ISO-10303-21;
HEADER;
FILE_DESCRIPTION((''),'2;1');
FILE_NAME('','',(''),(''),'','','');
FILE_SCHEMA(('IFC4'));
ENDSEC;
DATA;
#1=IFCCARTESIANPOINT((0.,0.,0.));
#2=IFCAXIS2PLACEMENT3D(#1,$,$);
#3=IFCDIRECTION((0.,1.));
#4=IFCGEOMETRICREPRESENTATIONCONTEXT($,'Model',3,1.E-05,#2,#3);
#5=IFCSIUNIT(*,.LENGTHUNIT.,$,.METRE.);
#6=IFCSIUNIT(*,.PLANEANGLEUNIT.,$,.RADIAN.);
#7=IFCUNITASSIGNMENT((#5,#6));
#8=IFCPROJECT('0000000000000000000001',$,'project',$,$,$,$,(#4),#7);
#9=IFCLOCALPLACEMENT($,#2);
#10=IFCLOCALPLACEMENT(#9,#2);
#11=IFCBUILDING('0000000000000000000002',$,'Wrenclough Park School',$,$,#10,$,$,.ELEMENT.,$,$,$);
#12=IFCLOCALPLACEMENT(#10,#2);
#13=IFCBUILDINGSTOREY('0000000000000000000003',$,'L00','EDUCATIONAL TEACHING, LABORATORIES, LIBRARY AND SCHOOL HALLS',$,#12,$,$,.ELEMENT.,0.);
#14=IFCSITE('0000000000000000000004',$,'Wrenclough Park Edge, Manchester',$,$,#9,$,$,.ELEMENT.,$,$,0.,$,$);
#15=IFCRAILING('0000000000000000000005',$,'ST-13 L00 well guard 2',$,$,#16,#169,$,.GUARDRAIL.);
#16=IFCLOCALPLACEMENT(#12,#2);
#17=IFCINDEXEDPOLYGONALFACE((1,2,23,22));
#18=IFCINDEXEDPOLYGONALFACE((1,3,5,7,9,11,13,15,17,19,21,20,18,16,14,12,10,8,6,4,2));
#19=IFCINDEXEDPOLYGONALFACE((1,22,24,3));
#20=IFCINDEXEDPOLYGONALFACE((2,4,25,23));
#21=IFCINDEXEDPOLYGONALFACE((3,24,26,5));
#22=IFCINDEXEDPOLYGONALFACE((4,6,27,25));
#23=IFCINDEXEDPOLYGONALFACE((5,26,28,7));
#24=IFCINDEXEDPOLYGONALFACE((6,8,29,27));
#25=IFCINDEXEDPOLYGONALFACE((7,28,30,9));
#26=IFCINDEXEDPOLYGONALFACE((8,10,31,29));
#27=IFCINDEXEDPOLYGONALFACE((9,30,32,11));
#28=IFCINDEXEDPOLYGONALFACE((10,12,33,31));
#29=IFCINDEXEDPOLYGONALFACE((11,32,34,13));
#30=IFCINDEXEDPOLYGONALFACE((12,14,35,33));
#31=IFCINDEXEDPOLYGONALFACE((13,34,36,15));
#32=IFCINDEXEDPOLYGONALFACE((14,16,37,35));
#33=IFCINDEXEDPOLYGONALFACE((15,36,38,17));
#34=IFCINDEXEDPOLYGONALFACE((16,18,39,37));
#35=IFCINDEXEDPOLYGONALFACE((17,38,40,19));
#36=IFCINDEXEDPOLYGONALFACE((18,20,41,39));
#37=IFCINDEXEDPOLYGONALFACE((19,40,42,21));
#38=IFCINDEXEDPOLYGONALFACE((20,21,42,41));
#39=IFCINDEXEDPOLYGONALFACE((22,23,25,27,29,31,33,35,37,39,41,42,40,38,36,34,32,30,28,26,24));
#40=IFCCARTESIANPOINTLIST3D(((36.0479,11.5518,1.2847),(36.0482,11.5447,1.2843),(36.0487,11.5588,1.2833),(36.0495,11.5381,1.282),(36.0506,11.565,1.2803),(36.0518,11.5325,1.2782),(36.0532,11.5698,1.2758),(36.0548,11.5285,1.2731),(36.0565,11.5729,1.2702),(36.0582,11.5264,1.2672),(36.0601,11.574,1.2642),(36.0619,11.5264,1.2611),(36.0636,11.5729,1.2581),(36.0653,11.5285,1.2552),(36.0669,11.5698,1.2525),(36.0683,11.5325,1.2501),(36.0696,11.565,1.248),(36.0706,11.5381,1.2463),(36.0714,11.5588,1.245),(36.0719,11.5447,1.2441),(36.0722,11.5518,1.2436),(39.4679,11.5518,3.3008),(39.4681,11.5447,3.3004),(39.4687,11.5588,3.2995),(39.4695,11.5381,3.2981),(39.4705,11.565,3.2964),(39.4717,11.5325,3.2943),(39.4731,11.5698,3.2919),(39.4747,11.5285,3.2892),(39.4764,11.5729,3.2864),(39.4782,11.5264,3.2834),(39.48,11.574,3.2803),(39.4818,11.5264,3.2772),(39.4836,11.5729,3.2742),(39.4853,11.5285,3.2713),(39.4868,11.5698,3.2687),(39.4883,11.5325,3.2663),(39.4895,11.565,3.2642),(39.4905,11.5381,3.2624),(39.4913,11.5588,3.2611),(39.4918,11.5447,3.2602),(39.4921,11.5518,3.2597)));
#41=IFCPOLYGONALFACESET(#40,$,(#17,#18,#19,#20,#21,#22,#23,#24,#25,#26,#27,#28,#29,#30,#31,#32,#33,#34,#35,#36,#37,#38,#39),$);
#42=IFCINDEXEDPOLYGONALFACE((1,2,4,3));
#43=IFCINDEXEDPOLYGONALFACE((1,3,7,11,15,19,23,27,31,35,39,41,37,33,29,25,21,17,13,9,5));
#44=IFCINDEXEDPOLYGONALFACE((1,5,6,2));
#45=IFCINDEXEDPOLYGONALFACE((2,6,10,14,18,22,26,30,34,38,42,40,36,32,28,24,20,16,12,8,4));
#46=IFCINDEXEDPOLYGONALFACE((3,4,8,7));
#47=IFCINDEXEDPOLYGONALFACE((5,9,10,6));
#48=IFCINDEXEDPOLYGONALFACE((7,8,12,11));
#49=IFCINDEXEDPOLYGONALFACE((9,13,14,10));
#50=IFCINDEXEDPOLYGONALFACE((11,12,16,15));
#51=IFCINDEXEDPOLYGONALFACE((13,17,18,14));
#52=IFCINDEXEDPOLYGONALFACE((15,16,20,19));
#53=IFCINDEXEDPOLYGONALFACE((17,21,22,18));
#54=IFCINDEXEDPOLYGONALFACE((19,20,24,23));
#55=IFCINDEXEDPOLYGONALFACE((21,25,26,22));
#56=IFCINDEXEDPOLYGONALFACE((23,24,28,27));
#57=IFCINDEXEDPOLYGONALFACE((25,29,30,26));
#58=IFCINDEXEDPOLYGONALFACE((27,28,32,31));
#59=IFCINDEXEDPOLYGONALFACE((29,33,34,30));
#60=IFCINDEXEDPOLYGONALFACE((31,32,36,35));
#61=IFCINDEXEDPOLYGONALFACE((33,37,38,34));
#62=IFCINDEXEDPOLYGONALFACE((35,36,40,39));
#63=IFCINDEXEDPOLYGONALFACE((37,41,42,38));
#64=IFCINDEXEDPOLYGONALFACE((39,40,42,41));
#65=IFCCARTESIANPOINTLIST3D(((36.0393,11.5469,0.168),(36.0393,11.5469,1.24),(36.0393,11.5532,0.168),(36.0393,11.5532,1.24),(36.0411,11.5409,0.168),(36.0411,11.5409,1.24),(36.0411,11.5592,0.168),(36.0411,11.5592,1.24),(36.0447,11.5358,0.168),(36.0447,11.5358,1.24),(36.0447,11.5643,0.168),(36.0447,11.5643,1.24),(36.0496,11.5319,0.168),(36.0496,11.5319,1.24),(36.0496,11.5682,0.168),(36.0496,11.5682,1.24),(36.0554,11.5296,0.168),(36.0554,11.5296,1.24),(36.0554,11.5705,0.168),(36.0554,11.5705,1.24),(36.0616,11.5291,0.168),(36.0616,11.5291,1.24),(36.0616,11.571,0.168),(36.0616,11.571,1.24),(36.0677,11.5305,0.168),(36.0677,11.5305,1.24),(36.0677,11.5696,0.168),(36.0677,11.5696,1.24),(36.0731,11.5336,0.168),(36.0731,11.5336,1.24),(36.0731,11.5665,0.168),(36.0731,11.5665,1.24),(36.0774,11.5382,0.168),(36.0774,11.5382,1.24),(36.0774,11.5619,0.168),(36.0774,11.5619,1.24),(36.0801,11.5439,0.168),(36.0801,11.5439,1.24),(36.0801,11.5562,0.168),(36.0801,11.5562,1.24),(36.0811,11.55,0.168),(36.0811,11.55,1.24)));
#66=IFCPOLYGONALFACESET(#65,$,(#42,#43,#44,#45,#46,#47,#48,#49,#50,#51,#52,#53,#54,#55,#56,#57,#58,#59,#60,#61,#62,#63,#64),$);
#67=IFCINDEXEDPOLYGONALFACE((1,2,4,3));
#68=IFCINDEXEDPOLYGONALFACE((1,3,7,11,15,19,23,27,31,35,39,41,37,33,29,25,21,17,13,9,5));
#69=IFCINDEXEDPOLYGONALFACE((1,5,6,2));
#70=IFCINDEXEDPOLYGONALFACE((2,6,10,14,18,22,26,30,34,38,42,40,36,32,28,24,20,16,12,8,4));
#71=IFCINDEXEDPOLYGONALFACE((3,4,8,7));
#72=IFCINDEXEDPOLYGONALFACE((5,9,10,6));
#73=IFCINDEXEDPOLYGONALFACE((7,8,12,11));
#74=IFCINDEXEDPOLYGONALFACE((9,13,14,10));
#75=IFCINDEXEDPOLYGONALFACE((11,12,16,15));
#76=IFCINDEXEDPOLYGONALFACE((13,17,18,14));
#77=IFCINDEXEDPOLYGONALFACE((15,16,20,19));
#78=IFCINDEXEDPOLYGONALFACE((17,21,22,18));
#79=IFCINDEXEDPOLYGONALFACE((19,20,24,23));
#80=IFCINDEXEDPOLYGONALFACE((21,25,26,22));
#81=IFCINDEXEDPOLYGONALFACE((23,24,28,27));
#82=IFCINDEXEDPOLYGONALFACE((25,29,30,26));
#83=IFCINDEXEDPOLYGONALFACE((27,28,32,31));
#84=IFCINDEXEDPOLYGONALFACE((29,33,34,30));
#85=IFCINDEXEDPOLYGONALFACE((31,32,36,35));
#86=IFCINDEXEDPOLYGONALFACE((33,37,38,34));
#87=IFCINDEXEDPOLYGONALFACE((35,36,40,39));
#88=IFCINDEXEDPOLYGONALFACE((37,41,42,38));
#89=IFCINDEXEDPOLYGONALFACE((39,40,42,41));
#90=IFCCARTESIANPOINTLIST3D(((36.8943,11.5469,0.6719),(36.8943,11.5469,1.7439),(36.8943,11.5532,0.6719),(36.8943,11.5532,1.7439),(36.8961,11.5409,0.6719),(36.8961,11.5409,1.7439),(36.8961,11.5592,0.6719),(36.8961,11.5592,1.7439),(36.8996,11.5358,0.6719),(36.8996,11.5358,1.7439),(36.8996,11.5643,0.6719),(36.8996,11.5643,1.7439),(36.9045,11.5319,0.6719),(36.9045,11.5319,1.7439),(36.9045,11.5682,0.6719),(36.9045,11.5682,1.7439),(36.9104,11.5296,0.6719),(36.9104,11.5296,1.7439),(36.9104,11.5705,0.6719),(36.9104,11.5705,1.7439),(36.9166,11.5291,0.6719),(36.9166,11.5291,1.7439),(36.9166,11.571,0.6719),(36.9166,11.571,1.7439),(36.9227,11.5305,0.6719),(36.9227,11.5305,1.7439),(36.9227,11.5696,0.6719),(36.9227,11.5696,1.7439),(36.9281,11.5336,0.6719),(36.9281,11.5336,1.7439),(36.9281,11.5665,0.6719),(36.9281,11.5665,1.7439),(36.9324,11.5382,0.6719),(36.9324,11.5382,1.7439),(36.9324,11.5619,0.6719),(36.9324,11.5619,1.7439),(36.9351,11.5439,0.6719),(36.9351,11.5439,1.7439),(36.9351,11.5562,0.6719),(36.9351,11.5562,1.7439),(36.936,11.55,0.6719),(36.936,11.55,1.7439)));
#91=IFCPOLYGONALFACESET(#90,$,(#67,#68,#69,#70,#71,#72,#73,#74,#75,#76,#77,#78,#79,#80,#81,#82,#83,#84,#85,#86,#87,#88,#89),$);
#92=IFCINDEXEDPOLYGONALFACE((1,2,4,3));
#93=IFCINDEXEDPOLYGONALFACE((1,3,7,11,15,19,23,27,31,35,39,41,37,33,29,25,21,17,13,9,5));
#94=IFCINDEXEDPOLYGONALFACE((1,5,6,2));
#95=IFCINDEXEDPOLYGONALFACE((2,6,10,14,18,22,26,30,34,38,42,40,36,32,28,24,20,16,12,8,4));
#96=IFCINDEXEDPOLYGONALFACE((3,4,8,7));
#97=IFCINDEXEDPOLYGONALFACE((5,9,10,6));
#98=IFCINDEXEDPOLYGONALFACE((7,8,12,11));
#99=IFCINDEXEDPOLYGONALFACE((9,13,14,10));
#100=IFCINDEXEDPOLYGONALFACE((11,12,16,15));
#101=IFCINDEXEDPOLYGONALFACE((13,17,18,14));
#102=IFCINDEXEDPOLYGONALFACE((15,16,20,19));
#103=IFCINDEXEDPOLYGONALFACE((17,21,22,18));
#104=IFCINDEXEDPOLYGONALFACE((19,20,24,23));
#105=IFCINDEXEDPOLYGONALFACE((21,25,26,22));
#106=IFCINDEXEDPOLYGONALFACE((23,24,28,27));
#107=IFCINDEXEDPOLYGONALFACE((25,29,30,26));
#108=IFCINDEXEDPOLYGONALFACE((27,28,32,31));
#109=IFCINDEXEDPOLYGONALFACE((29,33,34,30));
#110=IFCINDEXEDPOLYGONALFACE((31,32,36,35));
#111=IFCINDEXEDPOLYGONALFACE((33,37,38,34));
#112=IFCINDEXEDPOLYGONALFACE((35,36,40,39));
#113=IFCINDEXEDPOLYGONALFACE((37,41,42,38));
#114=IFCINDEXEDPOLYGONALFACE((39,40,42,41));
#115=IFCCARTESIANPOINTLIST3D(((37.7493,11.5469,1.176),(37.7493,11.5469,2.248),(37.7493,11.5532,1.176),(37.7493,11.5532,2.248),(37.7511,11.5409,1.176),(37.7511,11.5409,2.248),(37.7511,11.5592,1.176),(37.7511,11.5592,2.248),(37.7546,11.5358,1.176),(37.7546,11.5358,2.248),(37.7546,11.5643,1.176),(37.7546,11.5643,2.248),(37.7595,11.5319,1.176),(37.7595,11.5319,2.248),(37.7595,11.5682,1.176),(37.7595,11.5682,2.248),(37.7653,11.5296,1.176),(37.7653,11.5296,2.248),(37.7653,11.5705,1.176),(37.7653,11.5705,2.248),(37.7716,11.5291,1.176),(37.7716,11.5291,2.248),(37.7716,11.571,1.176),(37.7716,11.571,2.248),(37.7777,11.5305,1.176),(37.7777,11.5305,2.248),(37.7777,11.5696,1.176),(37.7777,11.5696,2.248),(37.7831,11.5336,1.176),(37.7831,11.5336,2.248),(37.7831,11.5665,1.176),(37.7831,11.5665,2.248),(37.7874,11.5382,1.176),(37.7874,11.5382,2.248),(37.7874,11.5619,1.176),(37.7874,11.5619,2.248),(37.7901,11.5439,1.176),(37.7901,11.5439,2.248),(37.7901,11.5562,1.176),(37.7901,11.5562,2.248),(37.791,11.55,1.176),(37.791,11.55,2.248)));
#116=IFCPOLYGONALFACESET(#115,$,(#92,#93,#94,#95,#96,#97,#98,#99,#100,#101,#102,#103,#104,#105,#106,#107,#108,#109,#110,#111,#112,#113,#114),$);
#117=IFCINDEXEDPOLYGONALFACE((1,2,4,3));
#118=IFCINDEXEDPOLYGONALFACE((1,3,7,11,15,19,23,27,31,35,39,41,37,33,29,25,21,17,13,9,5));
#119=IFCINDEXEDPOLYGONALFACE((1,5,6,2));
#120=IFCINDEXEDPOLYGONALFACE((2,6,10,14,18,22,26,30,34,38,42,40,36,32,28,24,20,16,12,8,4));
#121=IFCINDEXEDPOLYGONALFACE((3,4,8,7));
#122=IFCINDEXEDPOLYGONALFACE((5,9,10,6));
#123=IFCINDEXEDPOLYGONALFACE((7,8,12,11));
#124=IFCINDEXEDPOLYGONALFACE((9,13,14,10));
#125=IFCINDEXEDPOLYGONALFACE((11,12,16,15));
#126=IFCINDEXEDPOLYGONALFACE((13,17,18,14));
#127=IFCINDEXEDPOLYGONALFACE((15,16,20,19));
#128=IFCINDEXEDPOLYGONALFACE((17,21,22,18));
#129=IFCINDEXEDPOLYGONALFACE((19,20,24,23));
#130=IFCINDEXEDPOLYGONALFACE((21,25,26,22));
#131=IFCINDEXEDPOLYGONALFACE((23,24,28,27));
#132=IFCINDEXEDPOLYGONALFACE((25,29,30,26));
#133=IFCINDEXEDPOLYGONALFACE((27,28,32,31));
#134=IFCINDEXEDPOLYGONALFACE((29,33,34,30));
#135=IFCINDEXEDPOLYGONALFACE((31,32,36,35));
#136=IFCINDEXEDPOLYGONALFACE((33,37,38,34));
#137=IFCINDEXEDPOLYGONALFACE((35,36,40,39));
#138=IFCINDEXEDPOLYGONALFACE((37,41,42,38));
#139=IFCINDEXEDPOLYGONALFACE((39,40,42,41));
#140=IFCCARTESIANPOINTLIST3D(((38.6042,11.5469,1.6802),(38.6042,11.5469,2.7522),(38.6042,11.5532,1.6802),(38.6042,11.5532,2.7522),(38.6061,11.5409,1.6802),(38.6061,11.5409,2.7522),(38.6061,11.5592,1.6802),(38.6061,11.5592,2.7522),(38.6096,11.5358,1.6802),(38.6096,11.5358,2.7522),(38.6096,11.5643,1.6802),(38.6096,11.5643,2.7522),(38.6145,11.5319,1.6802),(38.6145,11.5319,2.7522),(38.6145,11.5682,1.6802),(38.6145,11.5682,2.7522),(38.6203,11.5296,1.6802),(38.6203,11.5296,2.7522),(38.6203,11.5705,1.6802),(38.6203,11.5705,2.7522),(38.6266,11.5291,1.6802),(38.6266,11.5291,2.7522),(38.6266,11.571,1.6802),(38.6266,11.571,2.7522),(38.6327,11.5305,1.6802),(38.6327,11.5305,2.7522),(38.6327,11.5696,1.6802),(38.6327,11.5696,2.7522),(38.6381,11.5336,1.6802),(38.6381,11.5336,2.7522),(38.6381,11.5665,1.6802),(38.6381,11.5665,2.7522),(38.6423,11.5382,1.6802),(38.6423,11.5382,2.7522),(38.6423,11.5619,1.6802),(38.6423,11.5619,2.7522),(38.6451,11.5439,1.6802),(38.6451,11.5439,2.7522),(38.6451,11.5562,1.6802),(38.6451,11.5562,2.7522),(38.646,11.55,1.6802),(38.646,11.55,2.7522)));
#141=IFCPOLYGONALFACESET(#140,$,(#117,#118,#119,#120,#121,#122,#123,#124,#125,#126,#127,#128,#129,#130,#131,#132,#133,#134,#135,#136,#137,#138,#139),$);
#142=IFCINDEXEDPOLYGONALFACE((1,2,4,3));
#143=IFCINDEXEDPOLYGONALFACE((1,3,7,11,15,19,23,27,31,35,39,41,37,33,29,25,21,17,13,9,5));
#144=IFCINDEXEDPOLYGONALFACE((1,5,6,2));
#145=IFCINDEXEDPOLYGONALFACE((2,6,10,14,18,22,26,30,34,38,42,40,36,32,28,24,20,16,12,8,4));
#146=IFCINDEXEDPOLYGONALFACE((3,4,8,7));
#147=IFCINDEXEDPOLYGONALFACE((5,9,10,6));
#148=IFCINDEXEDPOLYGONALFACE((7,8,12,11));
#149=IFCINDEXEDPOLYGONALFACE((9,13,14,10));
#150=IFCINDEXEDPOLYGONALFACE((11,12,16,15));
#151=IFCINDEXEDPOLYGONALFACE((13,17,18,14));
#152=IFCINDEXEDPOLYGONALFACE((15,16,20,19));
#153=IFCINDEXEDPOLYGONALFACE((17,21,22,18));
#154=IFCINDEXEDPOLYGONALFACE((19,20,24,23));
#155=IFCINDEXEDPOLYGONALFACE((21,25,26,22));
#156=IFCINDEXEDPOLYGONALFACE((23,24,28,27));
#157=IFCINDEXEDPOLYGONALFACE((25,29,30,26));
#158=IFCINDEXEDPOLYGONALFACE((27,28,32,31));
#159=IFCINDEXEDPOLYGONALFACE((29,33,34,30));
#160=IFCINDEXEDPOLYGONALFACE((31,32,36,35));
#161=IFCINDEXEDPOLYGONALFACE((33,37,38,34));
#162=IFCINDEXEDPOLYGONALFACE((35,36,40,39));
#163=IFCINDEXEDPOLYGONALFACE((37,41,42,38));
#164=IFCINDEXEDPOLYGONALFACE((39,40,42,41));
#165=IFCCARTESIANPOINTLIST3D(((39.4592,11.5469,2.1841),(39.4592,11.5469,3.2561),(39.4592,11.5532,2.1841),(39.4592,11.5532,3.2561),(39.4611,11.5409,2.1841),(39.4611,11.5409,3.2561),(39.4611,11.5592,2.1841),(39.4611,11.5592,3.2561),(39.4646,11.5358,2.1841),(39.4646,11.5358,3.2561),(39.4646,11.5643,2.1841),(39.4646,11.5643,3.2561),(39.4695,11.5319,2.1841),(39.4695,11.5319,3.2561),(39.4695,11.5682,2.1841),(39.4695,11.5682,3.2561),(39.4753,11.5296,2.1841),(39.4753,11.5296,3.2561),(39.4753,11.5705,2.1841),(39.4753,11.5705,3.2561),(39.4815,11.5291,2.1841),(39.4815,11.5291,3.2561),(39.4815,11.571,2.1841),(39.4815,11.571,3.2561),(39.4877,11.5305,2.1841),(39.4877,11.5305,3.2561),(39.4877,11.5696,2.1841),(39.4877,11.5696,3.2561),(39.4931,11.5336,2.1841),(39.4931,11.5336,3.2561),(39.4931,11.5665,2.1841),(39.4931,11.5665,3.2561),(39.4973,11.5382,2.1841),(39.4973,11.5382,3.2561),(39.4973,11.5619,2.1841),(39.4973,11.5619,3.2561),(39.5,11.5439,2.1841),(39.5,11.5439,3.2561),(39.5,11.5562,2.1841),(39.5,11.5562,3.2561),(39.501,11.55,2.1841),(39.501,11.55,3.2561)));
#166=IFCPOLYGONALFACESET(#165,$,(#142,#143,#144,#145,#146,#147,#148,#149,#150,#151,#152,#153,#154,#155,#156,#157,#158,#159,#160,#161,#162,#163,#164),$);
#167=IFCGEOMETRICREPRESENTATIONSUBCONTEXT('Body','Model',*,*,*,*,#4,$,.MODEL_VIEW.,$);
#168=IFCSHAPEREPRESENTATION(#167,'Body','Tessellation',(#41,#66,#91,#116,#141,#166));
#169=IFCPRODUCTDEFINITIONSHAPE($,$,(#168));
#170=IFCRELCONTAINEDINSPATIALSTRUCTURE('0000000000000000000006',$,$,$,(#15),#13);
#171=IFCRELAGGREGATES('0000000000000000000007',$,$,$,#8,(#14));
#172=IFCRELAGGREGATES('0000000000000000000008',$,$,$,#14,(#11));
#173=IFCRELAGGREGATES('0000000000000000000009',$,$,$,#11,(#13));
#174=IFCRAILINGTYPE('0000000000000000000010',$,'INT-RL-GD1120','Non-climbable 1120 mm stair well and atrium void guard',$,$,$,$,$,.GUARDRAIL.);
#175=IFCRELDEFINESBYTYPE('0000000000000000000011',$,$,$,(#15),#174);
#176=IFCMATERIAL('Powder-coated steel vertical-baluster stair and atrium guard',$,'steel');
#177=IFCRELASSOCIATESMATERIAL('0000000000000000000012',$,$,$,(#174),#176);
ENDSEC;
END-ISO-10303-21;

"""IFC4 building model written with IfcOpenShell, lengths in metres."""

from ifc_helpers import new_model, si_unit, direction, frame, origin, origin_2d, place, context, subcontext, project, spatial, circle, extrude, material, type_object, element, save


model = new_model("IFC4")

# Units and contexts
model_context = context("Model", 3, precision=1e-05, world=origin(), true_north=direction((0.0, 1.0)))
body_context = subcontext(model_context, "Body", "Model", "MODEL_VIEW")
ifc_project = project(units=[si_unit("LENGTHUNIT", "METRE"), si_unit("PLANEANGLEUNIT", "RADIAN")], contexts=[model_context])

# Site, building, storey
site_placement = place(None, origin())
site = spatial("IfcSite", under=ifc_project, at=site_placement, Name="Wrenclough Park Edge, Manchester", CompositionType="ELEMENT", RefElevation=0.0)
building_placement = place(site_placement, origin())
building = spatial("IfcBuilding", under=site, at=building_placement, Name="Wrenclough Park School", CompositionType="ELEMENT")
storey_placement = place(building_placement, origin())
storey = spatial("IfcBuildingStorey", under=building, at=storey_placement, Name="L00", Description="EDUCATIONAL TEACHING, LABORATORIES, LIBRARY AND SCHOOL HALLS", CompositionType="ELEMENT", Elevation=0.0)

# Railing
ifc_material_1 = material(Name="Powder-coated steel vertical-baluster stair and atrium guard", Category="steel")
railing_type_1 = type_object("IfcRailingType", Name="INT-RL-GD1120", Description="Non-climbable 1120 mm stair well and atrium void guard", PredefinedType="GUARDRAIL", material=ifc_material_1)
railing_1_placement = place(storey_placement, frame((36.0601, 11.55, 0.168)))
element("IfcRailing", 1, at=railing_1_placement, inside=storey, type_object=railing_type_1, Name="ST-13 L00 well guard 2", PredefinedType="GUARDRAIL", context=body_context, shape_type="SweptSolid", body=[
    extrude(circle(Radius=0.0239, at=origin_2d()), frame((0.0, 0.0, 1.0962), z_axis=(0.86145, 0.0, 0.507842), x_axis=(0.0, 1.0, 0.0)), (0.0, 0.0, 1.0), 3.97),
    extrude(circle(Radius=0.021, at=origin_2d()), origin(), (0.0, 0.0, 1.0), 1.072),
    extrude(circle(Radius=0.021, at=origin_2d()), frame((0.855, 0.0, 0.5039)), (0.0, 0.0, 1.0), 1.072),
    extrude(circle(Radius=0.021, at=origin_2d()), frame((1.71, 0.0, 1.0081)), (0.0, 0.0, 1.0), 1.072),
    extrude(circle(Radius=0.021, at=origin_2d()), frame((2.5649, 0.0, 1.5122)), (0.0, 0.0, 1.0), 1.072),
    extrude(circle(Radius=0.021, at=origin_2d()), frame((3.4199, 0.0, 2.0161)), (0.0, 0.0, 1.0), 1.072),
])

save(model, "model.ifc")
